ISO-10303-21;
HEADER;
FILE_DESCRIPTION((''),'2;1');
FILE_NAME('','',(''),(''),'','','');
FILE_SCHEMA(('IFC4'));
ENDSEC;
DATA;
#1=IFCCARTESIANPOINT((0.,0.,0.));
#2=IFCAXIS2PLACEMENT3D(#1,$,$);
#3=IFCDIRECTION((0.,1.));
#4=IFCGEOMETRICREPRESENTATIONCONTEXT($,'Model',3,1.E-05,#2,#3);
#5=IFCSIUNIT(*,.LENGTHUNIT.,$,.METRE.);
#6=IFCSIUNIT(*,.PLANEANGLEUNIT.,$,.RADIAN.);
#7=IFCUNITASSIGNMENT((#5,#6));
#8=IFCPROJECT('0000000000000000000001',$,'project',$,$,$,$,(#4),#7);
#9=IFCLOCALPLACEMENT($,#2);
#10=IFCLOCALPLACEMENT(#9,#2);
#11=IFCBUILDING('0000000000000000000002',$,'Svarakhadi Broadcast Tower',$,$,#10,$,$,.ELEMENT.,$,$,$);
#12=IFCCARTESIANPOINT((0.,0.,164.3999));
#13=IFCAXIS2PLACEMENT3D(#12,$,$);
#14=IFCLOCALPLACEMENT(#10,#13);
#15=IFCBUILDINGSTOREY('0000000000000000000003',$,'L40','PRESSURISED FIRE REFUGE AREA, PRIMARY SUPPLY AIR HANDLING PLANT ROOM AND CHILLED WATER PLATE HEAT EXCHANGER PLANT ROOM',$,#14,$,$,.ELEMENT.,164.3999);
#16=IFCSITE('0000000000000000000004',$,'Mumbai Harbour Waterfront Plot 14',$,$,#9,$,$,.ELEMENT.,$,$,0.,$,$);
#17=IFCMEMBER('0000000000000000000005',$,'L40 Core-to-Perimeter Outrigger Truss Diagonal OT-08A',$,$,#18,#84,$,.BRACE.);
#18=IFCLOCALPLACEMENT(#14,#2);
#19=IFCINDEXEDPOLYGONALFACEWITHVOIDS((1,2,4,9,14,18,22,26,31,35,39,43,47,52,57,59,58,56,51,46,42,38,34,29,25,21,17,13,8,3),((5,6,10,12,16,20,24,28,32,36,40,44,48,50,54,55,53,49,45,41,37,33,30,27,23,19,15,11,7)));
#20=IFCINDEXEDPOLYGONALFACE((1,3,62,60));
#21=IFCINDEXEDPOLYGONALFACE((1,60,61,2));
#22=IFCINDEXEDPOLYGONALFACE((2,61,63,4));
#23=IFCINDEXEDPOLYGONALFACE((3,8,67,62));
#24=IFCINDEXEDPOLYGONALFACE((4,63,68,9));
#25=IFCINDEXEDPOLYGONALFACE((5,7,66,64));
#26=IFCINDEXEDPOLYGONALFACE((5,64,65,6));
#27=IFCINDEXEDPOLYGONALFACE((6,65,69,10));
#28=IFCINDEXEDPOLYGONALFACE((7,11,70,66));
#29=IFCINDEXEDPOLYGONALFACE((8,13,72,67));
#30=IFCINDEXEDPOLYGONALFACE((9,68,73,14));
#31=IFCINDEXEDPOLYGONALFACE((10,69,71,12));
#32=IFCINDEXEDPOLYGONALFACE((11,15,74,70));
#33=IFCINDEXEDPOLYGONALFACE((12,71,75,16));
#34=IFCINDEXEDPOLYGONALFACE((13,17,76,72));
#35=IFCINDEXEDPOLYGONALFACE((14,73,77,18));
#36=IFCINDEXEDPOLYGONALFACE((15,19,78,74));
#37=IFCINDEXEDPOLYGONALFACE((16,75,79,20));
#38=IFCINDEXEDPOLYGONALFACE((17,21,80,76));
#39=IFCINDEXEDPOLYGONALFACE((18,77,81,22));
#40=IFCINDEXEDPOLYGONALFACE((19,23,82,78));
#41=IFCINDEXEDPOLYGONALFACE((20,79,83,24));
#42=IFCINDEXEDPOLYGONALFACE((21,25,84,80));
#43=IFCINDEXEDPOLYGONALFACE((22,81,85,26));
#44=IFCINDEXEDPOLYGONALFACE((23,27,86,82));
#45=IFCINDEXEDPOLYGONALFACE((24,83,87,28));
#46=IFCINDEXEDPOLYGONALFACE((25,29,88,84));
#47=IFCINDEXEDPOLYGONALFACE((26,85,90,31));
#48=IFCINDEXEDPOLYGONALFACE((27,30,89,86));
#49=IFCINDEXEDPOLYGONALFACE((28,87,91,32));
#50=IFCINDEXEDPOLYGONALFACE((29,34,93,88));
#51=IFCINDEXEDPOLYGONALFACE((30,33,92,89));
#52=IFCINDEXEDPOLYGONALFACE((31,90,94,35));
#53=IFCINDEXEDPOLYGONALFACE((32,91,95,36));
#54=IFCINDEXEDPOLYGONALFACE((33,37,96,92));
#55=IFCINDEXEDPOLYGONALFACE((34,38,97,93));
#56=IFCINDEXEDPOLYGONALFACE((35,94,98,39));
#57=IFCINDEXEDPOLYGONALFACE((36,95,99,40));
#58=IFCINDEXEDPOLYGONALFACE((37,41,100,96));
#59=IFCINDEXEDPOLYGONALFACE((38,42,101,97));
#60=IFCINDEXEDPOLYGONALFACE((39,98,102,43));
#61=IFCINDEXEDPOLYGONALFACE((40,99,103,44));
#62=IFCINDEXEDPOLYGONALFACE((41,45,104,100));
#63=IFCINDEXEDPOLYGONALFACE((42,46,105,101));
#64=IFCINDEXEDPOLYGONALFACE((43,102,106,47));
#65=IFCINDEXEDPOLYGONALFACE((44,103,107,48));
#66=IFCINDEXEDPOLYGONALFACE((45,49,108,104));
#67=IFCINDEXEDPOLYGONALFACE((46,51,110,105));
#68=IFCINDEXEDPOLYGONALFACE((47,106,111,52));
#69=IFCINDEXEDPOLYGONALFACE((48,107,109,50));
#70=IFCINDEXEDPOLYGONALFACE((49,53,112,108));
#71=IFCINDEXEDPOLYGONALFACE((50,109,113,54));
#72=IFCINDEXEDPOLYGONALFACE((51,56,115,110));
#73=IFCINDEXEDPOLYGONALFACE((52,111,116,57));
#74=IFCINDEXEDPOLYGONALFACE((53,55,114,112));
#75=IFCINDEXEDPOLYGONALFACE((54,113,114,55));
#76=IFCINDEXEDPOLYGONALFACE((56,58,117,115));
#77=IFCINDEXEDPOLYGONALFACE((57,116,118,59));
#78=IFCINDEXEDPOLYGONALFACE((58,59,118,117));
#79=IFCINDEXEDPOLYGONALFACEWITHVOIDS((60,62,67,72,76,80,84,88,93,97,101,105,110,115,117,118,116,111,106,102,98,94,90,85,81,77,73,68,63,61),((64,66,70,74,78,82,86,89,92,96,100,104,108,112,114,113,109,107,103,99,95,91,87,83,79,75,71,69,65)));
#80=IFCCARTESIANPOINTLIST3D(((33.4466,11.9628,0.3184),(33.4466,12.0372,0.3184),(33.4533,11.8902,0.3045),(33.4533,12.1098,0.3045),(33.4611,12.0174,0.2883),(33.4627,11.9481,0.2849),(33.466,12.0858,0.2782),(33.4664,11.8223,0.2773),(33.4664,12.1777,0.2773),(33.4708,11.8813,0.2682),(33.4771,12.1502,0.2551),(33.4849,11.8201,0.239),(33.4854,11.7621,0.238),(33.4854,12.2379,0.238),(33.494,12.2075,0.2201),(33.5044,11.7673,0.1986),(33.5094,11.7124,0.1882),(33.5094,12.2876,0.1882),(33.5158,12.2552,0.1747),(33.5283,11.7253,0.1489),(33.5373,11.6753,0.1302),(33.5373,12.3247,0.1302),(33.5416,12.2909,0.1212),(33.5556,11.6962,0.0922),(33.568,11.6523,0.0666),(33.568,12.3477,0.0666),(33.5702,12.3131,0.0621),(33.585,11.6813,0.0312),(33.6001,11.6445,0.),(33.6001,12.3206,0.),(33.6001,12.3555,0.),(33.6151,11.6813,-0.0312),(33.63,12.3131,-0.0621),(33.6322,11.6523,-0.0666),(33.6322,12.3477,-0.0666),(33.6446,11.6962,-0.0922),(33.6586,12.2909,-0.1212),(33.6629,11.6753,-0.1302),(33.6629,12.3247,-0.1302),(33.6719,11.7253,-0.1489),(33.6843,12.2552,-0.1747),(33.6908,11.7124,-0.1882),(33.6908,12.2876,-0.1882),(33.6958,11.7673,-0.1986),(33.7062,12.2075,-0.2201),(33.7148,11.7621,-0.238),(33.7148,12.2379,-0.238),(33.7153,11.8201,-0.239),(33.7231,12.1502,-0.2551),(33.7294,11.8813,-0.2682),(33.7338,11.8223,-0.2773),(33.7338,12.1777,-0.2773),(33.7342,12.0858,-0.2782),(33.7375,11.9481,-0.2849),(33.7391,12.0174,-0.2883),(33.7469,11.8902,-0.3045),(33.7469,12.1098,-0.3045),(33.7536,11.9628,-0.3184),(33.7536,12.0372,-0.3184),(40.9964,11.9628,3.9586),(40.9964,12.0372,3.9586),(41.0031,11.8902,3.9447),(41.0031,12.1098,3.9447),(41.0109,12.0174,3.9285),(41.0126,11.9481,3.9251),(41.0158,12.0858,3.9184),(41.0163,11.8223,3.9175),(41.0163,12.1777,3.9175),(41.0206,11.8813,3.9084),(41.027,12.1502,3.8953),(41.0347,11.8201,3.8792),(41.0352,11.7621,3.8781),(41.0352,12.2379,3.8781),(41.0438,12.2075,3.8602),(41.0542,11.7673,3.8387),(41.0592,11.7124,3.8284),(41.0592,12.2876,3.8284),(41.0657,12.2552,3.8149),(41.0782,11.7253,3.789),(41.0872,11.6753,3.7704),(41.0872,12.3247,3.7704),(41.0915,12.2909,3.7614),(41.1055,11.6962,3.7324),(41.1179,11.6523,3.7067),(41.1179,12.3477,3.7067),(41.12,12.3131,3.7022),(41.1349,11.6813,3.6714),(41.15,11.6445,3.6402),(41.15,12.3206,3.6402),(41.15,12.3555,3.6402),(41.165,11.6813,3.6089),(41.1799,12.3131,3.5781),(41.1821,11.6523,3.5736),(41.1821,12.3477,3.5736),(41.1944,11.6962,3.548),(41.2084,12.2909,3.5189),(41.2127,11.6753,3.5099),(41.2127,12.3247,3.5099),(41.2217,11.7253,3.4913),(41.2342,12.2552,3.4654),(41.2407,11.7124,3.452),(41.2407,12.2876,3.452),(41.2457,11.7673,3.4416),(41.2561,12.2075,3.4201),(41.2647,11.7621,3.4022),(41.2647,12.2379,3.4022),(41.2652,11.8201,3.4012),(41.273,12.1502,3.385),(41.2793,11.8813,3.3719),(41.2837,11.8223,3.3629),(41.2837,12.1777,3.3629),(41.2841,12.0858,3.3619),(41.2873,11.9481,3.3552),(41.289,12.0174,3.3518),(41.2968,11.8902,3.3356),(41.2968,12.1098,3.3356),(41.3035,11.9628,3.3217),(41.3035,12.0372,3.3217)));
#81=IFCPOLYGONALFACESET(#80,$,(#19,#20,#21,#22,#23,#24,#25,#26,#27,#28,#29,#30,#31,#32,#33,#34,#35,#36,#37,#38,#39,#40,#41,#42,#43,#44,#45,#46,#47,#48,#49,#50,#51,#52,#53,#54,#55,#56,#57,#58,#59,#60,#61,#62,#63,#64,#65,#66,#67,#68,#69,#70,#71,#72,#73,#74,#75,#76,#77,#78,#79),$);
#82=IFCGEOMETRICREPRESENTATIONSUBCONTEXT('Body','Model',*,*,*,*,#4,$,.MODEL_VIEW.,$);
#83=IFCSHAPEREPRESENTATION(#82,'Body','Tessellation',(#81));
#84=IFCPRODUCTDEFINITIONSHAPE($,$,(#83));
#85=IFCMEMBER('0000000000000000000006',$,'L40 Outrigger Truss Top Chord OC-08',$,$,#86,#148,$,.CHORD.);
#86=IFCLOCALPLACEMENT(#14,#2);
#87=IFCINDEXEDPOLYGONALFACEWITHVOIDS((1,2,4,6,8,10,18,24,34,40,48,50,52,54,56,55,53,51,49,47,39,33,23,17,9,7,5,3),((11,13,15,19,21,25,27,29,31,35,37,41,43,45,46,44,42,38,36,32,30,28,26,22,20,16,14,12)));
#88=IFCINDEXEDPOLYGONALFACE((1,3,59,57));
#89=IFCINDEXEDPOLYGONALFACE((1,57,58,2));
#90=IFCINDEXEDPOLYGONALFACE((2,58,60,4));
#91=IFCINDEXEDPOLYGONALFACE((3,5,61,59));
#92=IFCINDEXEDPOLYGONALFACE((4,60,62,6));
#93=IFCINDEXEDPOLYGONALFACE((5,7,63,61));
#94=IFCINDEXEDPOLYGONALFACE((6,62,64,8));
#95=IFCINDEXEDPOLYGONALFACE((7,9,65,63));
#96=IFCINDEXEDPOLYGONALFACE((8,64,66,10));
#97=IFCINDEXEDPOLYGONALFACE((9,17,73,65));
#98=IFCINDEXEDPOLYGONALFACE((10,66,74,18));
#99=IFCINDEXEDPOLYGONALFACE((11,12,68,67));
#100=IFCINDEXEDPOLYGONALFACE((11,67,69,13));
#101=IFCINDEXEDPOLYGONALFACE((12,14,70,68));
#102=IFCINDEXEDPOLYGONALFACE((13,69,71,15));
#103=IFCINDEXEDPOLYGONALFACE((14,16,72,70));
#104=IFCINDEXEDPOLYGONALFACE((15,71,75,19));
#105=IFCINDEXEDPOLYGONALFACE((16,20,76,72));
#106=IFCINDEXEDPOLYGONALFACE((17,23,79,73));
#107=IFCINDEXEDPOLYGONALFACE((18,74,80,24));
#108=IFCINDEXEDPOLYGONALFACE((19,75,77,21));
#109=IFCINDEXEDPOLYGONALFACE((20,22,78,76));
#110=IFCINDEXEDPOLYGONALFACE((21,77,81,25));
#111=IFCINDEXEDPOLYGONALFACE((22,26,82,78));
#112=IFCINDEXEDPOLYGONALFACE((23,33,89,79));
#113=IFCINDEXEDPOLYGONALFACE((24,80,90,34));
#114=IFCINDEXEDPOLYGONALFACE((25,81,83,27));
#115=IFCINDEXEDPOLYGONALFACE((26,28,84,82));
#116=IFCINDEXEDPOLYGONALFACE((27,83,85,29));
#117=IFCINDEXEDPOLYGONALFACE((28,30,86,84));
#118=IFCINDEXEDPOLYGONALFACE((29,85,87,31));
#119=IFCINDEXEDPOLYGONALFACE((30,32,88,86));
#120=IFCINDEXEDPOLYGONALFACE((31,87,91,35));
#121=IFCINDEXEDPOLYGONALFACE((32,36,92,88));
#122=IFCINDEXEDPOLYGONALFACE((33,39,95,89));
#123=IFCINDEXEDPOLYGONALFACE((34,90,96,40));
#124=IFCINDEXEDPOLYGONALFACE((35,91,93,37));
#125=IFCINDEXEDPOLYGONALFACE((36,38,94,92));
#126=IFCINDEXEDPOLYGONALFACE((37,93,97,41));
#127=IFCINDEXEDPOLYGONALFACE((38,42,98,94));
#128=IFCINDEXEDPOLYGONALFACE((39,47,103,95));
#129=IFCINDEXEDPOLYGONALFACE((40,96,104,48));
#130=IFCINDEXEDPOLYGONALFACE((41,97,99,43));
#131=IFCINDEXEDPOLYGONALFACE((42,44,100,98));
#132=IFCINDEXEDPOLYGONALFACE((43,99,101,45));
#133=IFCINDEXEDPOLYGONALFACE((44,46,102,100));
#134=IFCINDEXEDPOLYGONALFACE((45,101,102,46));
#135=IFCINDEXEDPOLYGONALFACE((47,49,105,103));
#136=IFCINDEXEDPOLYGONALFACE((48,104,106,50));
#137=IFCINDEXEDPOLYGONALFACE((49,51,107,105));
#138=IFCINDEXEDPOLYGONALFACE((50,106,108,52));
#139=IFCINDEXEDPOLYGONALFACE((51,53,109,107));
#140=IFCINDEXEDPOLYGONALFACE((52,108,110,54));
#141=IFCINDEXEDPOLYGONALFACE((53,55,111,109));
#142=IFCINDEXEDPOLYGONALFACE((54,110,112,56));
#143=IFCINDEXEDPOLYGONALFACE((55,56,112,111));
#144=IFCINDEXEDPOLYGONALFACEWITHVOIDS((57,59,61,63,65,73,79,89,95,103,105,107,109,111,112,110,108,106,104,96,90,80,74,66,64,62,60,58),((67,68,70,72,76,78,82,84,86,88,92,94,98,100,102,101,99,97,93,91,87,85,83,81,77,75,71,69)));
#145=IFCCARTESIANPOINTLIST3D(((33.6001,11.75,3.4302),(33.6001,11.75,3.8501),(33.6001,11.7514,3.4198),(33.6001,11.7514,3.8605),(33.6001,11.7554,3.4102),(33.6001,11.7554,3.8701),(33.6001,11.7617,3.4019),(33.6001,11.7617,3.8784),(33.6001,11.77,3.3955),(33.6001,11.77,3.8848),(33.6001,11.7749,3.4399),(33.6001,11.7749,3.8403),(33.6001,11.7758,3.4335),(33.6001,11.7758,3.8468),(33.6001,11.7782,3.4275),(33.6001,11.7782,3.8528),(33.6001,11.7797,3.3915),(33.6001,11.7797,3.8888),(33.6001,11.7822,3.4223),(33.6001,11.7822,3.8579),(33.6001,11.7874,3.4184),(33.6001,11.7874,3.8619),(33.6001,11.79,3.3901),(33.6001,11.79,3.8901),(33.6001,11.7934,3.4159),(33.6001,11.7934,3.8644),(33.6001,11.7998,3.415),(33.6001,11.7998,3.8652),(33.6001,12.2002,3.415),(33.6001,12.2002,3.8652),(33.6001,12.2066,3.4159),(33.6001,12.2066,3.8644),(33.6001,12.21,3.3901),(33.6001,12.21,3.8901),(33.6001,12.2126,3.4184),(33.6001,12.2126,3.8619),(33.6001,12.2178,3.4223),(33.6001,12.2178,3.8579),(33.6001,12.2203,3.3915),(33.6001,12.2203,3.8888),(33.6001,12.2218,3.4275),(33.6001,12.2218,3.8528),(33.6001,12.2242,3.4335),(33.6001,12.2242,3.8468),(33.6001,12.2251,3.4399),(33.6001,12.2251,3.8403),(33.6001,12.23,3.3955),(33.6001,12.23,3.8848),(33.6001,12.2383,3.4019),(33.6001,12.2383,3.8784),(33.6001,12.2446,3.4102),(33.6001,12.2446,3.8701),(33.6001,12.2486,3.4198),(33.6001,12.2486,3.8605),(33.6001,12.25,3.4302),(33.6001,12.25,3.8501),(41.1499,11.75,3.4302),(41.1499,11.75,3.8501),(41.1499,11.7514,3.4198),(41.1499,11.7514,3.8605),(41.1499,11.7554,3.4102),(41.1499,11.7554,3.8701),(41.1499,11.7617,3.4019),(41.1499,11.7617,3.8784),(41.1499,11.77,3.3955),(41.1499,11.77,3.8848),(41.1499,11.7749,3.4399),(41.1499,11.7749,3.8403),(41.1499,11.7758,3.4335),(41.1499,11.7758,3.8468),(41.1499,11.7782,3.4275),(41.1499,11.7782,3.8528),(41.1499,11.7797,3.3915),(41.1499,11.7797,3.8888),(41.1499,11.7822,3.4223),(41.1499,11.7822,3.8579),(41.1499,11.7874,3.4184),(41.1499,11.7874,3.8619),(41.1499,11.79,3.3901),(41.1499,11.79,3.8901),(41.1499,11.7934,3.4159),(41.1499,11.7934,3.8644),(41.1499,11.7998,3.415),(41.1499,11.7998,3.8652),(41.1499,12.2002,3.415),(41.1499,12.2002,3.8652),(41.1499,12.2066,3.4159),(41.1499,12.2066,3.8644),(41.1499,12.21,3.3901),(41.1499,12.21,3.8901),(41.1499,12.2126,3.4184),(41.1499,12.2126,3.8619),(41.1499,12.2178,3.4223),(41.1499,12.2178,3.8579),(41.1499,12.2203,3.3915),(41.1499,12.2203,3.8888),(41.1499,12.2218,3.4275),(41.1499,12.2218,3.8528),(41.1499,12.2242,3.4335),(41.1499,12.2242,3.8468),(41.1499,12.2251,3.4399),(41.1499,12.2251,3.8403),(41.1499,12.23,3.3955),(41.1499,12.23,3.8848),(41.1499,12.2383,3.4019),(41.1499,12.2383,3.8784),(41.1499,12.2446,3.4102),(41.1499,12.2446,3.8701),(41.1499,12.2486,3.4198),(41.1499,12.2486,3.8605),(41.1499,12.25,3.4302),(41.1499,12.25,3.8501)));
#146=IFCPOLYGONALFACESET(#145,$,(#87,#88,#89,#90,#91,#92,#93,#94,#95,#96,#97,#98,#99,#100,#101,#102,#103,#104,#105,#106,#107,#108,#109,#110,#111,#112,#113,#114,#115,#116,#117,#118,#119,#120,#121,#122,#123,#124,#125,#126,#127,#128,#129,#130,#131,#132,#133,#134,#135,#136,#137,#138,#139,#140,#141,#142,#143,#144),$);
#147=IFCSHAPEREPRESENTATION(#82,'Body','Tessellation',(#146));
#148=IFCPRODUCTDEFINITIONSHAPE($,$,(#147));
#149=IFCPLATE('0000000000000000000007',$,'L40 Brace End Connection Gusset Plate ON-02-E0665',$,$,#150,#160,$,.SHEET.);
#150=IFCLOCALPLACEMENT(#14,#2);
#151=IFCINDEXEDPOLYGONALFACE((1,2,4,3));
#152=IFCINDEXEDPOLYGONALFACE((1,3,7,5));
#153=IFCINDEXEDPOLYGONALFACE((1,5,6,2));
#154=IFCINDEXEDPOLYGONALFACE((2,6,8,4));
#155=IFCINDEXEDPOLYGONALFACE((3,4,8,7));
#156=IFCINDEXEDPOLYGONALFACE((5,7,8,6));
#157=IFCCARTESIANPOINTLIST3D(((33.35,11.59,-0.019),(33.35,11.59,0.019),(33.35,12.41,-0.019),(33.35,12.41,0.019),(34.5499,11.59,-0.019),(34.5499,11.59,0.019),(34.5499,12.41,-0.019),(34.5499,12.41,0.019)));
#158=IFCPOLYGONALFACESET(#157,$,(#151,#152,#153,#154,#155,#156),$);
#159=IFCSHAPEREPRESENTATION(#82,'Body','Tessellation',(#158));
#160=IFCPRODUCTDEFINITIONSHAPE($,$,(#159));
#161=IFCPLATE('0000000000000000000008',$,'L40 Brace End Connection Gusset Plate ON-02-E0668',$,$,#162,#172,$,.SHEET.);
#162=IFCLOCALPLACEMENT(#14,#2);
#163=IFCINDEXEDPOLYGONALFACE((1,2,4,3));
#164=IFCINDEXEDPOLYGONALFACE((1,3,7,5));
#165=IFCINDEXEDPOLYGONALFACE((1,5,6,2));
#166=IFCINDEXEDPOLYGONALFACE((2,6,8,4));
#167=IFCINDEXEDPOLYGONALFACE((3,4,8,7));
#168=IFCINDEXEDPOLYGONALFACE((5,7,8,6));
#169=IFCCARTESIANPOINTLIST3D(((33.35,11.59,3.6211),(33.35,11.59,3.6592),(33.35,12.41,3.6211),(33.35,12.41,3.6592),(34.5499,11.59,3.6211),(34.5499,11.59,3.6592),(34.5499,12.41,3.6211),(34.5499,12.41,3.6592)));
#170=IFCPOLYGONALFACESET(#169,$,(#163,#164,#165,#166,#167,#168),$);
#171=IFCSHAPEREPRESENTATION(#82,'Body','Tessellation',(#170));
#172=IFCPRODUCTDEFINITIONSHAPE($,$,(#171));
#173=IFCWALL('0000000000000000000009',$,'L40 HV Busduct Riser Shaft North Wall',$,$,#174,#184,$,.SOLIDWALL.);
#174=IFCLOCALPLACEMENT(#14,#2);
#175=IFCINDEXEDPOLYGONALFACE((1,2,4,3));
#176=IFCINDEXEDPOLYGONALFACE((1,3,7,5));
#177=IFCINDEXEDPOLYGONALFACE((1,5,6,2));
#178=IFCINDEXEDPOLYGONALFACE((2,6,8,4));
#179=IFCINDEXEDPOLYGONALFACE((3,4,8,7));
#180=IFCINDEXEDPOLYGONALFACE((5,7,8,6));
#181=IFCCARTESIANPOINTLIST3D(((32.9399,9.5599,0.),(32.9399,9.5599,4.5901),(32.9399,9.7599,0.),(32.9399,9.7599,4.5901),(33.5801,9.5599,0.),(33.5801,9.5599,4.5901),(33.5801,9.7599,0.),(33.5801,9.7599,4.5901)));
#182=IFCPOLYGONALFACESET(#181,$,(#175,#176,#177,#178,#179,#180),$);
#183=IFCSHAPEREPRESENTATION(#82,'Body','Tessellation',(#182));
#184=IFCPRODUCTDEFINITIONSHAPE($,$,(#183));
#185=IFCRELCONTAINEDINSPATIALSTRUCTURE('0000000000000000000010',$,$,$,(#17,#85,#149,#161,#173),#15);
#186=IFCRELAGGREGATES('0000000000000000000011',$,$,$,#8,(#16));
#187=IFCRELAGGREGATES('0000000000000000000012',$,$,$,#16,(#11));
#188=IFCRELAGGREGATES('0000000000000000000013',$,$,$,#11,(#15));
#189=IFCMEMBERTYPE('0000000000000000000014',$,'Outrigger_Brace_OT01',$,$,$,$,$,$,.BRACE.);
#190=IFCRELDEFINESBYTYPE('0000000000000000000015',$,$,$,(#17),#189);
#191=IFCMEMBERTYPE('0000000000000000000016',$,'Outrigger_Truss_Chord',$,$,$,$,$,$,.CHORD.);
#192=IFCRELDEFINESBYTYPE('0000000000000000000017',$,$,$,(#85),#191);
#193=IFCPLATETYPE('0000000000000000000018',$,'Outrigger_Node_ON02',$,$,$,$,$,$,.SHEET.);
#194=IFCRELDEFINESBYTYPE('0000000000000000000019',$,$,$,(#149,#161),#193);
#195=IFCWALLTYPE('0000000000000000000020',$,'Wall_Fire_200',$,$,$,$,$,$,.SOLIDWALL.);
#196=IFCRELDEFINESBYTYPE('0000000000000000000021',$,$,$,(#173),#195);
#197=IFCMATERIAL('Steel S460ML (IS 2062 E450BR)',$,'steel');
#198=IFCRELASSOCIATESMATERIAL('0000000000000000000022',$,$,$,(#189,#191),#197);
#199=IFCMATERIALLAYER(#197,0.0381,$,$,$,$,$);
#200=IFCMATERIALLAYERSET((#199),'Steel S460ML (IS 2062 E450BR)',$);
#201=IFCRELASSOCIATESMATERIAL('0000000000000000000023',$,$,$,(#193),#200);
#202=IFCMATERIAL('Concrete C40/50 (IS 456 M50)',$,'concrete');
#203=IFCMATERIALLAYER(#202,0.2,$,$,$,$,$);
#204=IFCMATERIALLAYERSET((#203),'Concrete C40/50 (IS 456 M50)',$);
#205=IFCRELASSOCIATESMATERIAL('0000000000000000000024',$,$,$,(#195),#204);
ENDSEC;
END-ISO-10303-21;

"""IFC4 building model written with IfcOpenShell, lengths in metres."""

from ifc_helpers import new_model, si_unit, direction, frame, frame_2d, origin, origin_2d, place, context, subcontext, project, spatial, rectangle, hollow_rectangle, hollow_circle, extrude, material, layer, layer_set, material_profile, profile_set, type_object, element, save


model = new_model("IFC4")

# Units and contexts
model_context = context("Model", 3, precision=1e-05, world=origin(), true_north=direction((0.0, 1.0)))
body_context = subcontext(model_context, "Body", "Model", "MODEL_VIEW")
ifc_project = project(units=[si_unit("LENGTHUNIT", "METRE"), si_unit("PLANEANGLEUNIT", "RADIAN")], contexts=[model_context])

# Site, building, storey
site_placement = place(None, origin())
site = spatial("IfcSite", under=ifc_project, at=site_placement, Name="Mumbai Harbour Waterfront Plot 14", CompositionType="ELEMENT", RefElevation=0.0)
building_placement = place(site_placement, origin())
building = spatial("IfcBuilding", under=site, at=building_placement, Name="Svarakhadi Broadcast Tower", CompositionType="ELEMENT")
storey_placement = place(building_placement, frame((0.0, 0.0, 164.3999)))
storey = spatial("IfcBuildingStorey", under=building, at=storey_placement, Name="L40", Description="PRESSURISED FIRE REFUGE AREA, PRIMARY SUPPLY AIR HANDLING PLANT ROOM AND CHILLED WATER PLATE HEAT EXCHANGER PLANT ROOM", CompositionType="ELEMENT", Elevation=164.3999)

# Shared definitions
ifc_material_1 = material(Name="Steel S460ML (IS 2062 E450BR)", Category="steel")

# Members
ifc_material_profile_1 = material_profile(ifc_material_1, hollow_circle(Radius=0.3555, WallThickness=0.0349, at=origin_2d()), Name="CHS 711x35")
ifc_profile_set_1 = profile_set([ifc_material_profile_1], Name="Steel S460ML (IS 2062 E450BR)")
member_type_1 = type_object("IfcMemberType", Name="Outrigger_Brace_OT01", PredefinedType="BRACE", material=ifc_profile_set_1)
member_1_placement = place(storey_placement, frame((33.6001, 12.0, 0.0), z_axis=(0.900766, 0.0, 0.434304), x_axis=(0.0, 1.0, 0.0)))
element("IfcMember", 1, at=member_1_placement, inside=storey, type_object=member_type_1, Name="L40 Core-to-Perimeter Outrigger Truss Diagonal OT-08A", PredefinedType="BRACE", context=body_context, shape_type="SweptSolid", body=[
    extrude(hollow_circle(Radius=0.3555, WallThickness=0.0349, at=origin_2d()), origin(), (0.0, 0.0, 1.0), 8.3816),
])
ifc_material_profile_2 = material_profile(ifc_material_1, hollow_rectangle(XDim=0.5, YDim=0.5, WallThickness=0.0249, InnerFilletRadius=0.0249, OuterFilletRadius=0.04, at=origin_2d()), Name="SHS 500x500x25")
ifc_profile_set_2 = profile_set([ifc_material_profile_2], Name="Steel S460ML (IS 2062 E450BR)")
member_type_2 = type_object("IfcMemberType", Name="Outrigger_Truss_Chord", PredefinedType="CHORD", material=ifc_profile_set_2)
member_2_placement = place(storey_placement, frame((33.6001, 12.0, 3.6401), z_axis=(1.0, 0.0, 0.0), x_axis=(0.0, 1.0, 0.0)))
element("IfcMember", 2, at=member_2_placement, inside=storey, type_object=member_type_2, Name="L40 Outrigger Truss Top Chord OC-08", PredefinedType="CHORD", context=body_context, shape_type="SweptSolid", body=[
    extrude(hollow_rectangle(XDim=0.5, YDim=0.5, WallThickness=0.0249, InnerFilletRadius=0.0249, OuterFilletRadius=0.04, at=origin_2d()), origin(), (0.0, 0.0, 1.0), 7.5498),
])

# Plates
ifc_layer_1 = layer(ifc_material_1, 0.0381)
ifc_layer_set_1 = layer_set([ifc_layer_1], Name="Steel S460ML (IS 2062 E450BR)")
plate_type = type_object("IfcPlateType", Name="Outrigger_Node_ON02", PredefinedType="SHEET", material=ifc_layer_set_1)
for number, where, z_axis, x_axis, name in (
    (3, (33.95, 12.0, -0.019), (0.0, 0.0, 1.0), (1.0, 0.0, 0.0), "L40 Brace End Connection Gusset Plate ON-02-E0665"),
    (4, (33.95, 12.0, 3.6211), (0.0, 0.0, 1.0), (1.0, 0.0, 0.0), "L40 Brace End Connection Gusset Plate ON-02-E0668"),
):
    element("IfcPlate", number, at=place(storey_placement, frame(where, z_axis=z_axis, x_axis=x_axis)), inside=storey, type_object=plate_type, Name=name, PredefinedType="SHEET", context=body_context, shape_type="SweptSolid", body=[
        extrude(rectangle(XDim=1.2, YDim=0.8201, at=origin_2d()), origin(), (0.0, 0.0, 1.0), 0.0381),
    ])

# Wall
ifc_material_2 = material(Name="Concrete C40/50 (IS 456 M50)", Category="concrete")
ifc_layer_2 = layer(ifc_material_2, 0.2)
ifc_layer_set_2 = layer_set([ifc_layer_2], Name="Concrete C40/50 (IS 456 M50)")
wall_type_1 = type_object("IfcWallType", Name="Wall_Fire_200", PredefinedType="SOLIDWALL", material=ifc_layer_set_2)
wall_1_placement = place(storey_placement, frame((32.9399, 9.6599, 0.0), z_axis=(0.0, 0.0, 1.0), x_axis=(1.0, 0.0, 0.0)))
element("IfcWall", 5, at=wall_1_placement, inside=storey, type_object=wall_type_1, Name="L40 HV Busduct Riser Shaft North Wall", PredefinedType="SOLIDWALL", context=body_context, shape_type="SweptSolid", body=[
    extrude(rectangle(XDim=0.6401, YDim=0.2, at=frame_2d((0.3201, 0.0))), origin(), (0.0, 0.0, 1.0), 4.5901),
])

save(model, "model.ifc")
